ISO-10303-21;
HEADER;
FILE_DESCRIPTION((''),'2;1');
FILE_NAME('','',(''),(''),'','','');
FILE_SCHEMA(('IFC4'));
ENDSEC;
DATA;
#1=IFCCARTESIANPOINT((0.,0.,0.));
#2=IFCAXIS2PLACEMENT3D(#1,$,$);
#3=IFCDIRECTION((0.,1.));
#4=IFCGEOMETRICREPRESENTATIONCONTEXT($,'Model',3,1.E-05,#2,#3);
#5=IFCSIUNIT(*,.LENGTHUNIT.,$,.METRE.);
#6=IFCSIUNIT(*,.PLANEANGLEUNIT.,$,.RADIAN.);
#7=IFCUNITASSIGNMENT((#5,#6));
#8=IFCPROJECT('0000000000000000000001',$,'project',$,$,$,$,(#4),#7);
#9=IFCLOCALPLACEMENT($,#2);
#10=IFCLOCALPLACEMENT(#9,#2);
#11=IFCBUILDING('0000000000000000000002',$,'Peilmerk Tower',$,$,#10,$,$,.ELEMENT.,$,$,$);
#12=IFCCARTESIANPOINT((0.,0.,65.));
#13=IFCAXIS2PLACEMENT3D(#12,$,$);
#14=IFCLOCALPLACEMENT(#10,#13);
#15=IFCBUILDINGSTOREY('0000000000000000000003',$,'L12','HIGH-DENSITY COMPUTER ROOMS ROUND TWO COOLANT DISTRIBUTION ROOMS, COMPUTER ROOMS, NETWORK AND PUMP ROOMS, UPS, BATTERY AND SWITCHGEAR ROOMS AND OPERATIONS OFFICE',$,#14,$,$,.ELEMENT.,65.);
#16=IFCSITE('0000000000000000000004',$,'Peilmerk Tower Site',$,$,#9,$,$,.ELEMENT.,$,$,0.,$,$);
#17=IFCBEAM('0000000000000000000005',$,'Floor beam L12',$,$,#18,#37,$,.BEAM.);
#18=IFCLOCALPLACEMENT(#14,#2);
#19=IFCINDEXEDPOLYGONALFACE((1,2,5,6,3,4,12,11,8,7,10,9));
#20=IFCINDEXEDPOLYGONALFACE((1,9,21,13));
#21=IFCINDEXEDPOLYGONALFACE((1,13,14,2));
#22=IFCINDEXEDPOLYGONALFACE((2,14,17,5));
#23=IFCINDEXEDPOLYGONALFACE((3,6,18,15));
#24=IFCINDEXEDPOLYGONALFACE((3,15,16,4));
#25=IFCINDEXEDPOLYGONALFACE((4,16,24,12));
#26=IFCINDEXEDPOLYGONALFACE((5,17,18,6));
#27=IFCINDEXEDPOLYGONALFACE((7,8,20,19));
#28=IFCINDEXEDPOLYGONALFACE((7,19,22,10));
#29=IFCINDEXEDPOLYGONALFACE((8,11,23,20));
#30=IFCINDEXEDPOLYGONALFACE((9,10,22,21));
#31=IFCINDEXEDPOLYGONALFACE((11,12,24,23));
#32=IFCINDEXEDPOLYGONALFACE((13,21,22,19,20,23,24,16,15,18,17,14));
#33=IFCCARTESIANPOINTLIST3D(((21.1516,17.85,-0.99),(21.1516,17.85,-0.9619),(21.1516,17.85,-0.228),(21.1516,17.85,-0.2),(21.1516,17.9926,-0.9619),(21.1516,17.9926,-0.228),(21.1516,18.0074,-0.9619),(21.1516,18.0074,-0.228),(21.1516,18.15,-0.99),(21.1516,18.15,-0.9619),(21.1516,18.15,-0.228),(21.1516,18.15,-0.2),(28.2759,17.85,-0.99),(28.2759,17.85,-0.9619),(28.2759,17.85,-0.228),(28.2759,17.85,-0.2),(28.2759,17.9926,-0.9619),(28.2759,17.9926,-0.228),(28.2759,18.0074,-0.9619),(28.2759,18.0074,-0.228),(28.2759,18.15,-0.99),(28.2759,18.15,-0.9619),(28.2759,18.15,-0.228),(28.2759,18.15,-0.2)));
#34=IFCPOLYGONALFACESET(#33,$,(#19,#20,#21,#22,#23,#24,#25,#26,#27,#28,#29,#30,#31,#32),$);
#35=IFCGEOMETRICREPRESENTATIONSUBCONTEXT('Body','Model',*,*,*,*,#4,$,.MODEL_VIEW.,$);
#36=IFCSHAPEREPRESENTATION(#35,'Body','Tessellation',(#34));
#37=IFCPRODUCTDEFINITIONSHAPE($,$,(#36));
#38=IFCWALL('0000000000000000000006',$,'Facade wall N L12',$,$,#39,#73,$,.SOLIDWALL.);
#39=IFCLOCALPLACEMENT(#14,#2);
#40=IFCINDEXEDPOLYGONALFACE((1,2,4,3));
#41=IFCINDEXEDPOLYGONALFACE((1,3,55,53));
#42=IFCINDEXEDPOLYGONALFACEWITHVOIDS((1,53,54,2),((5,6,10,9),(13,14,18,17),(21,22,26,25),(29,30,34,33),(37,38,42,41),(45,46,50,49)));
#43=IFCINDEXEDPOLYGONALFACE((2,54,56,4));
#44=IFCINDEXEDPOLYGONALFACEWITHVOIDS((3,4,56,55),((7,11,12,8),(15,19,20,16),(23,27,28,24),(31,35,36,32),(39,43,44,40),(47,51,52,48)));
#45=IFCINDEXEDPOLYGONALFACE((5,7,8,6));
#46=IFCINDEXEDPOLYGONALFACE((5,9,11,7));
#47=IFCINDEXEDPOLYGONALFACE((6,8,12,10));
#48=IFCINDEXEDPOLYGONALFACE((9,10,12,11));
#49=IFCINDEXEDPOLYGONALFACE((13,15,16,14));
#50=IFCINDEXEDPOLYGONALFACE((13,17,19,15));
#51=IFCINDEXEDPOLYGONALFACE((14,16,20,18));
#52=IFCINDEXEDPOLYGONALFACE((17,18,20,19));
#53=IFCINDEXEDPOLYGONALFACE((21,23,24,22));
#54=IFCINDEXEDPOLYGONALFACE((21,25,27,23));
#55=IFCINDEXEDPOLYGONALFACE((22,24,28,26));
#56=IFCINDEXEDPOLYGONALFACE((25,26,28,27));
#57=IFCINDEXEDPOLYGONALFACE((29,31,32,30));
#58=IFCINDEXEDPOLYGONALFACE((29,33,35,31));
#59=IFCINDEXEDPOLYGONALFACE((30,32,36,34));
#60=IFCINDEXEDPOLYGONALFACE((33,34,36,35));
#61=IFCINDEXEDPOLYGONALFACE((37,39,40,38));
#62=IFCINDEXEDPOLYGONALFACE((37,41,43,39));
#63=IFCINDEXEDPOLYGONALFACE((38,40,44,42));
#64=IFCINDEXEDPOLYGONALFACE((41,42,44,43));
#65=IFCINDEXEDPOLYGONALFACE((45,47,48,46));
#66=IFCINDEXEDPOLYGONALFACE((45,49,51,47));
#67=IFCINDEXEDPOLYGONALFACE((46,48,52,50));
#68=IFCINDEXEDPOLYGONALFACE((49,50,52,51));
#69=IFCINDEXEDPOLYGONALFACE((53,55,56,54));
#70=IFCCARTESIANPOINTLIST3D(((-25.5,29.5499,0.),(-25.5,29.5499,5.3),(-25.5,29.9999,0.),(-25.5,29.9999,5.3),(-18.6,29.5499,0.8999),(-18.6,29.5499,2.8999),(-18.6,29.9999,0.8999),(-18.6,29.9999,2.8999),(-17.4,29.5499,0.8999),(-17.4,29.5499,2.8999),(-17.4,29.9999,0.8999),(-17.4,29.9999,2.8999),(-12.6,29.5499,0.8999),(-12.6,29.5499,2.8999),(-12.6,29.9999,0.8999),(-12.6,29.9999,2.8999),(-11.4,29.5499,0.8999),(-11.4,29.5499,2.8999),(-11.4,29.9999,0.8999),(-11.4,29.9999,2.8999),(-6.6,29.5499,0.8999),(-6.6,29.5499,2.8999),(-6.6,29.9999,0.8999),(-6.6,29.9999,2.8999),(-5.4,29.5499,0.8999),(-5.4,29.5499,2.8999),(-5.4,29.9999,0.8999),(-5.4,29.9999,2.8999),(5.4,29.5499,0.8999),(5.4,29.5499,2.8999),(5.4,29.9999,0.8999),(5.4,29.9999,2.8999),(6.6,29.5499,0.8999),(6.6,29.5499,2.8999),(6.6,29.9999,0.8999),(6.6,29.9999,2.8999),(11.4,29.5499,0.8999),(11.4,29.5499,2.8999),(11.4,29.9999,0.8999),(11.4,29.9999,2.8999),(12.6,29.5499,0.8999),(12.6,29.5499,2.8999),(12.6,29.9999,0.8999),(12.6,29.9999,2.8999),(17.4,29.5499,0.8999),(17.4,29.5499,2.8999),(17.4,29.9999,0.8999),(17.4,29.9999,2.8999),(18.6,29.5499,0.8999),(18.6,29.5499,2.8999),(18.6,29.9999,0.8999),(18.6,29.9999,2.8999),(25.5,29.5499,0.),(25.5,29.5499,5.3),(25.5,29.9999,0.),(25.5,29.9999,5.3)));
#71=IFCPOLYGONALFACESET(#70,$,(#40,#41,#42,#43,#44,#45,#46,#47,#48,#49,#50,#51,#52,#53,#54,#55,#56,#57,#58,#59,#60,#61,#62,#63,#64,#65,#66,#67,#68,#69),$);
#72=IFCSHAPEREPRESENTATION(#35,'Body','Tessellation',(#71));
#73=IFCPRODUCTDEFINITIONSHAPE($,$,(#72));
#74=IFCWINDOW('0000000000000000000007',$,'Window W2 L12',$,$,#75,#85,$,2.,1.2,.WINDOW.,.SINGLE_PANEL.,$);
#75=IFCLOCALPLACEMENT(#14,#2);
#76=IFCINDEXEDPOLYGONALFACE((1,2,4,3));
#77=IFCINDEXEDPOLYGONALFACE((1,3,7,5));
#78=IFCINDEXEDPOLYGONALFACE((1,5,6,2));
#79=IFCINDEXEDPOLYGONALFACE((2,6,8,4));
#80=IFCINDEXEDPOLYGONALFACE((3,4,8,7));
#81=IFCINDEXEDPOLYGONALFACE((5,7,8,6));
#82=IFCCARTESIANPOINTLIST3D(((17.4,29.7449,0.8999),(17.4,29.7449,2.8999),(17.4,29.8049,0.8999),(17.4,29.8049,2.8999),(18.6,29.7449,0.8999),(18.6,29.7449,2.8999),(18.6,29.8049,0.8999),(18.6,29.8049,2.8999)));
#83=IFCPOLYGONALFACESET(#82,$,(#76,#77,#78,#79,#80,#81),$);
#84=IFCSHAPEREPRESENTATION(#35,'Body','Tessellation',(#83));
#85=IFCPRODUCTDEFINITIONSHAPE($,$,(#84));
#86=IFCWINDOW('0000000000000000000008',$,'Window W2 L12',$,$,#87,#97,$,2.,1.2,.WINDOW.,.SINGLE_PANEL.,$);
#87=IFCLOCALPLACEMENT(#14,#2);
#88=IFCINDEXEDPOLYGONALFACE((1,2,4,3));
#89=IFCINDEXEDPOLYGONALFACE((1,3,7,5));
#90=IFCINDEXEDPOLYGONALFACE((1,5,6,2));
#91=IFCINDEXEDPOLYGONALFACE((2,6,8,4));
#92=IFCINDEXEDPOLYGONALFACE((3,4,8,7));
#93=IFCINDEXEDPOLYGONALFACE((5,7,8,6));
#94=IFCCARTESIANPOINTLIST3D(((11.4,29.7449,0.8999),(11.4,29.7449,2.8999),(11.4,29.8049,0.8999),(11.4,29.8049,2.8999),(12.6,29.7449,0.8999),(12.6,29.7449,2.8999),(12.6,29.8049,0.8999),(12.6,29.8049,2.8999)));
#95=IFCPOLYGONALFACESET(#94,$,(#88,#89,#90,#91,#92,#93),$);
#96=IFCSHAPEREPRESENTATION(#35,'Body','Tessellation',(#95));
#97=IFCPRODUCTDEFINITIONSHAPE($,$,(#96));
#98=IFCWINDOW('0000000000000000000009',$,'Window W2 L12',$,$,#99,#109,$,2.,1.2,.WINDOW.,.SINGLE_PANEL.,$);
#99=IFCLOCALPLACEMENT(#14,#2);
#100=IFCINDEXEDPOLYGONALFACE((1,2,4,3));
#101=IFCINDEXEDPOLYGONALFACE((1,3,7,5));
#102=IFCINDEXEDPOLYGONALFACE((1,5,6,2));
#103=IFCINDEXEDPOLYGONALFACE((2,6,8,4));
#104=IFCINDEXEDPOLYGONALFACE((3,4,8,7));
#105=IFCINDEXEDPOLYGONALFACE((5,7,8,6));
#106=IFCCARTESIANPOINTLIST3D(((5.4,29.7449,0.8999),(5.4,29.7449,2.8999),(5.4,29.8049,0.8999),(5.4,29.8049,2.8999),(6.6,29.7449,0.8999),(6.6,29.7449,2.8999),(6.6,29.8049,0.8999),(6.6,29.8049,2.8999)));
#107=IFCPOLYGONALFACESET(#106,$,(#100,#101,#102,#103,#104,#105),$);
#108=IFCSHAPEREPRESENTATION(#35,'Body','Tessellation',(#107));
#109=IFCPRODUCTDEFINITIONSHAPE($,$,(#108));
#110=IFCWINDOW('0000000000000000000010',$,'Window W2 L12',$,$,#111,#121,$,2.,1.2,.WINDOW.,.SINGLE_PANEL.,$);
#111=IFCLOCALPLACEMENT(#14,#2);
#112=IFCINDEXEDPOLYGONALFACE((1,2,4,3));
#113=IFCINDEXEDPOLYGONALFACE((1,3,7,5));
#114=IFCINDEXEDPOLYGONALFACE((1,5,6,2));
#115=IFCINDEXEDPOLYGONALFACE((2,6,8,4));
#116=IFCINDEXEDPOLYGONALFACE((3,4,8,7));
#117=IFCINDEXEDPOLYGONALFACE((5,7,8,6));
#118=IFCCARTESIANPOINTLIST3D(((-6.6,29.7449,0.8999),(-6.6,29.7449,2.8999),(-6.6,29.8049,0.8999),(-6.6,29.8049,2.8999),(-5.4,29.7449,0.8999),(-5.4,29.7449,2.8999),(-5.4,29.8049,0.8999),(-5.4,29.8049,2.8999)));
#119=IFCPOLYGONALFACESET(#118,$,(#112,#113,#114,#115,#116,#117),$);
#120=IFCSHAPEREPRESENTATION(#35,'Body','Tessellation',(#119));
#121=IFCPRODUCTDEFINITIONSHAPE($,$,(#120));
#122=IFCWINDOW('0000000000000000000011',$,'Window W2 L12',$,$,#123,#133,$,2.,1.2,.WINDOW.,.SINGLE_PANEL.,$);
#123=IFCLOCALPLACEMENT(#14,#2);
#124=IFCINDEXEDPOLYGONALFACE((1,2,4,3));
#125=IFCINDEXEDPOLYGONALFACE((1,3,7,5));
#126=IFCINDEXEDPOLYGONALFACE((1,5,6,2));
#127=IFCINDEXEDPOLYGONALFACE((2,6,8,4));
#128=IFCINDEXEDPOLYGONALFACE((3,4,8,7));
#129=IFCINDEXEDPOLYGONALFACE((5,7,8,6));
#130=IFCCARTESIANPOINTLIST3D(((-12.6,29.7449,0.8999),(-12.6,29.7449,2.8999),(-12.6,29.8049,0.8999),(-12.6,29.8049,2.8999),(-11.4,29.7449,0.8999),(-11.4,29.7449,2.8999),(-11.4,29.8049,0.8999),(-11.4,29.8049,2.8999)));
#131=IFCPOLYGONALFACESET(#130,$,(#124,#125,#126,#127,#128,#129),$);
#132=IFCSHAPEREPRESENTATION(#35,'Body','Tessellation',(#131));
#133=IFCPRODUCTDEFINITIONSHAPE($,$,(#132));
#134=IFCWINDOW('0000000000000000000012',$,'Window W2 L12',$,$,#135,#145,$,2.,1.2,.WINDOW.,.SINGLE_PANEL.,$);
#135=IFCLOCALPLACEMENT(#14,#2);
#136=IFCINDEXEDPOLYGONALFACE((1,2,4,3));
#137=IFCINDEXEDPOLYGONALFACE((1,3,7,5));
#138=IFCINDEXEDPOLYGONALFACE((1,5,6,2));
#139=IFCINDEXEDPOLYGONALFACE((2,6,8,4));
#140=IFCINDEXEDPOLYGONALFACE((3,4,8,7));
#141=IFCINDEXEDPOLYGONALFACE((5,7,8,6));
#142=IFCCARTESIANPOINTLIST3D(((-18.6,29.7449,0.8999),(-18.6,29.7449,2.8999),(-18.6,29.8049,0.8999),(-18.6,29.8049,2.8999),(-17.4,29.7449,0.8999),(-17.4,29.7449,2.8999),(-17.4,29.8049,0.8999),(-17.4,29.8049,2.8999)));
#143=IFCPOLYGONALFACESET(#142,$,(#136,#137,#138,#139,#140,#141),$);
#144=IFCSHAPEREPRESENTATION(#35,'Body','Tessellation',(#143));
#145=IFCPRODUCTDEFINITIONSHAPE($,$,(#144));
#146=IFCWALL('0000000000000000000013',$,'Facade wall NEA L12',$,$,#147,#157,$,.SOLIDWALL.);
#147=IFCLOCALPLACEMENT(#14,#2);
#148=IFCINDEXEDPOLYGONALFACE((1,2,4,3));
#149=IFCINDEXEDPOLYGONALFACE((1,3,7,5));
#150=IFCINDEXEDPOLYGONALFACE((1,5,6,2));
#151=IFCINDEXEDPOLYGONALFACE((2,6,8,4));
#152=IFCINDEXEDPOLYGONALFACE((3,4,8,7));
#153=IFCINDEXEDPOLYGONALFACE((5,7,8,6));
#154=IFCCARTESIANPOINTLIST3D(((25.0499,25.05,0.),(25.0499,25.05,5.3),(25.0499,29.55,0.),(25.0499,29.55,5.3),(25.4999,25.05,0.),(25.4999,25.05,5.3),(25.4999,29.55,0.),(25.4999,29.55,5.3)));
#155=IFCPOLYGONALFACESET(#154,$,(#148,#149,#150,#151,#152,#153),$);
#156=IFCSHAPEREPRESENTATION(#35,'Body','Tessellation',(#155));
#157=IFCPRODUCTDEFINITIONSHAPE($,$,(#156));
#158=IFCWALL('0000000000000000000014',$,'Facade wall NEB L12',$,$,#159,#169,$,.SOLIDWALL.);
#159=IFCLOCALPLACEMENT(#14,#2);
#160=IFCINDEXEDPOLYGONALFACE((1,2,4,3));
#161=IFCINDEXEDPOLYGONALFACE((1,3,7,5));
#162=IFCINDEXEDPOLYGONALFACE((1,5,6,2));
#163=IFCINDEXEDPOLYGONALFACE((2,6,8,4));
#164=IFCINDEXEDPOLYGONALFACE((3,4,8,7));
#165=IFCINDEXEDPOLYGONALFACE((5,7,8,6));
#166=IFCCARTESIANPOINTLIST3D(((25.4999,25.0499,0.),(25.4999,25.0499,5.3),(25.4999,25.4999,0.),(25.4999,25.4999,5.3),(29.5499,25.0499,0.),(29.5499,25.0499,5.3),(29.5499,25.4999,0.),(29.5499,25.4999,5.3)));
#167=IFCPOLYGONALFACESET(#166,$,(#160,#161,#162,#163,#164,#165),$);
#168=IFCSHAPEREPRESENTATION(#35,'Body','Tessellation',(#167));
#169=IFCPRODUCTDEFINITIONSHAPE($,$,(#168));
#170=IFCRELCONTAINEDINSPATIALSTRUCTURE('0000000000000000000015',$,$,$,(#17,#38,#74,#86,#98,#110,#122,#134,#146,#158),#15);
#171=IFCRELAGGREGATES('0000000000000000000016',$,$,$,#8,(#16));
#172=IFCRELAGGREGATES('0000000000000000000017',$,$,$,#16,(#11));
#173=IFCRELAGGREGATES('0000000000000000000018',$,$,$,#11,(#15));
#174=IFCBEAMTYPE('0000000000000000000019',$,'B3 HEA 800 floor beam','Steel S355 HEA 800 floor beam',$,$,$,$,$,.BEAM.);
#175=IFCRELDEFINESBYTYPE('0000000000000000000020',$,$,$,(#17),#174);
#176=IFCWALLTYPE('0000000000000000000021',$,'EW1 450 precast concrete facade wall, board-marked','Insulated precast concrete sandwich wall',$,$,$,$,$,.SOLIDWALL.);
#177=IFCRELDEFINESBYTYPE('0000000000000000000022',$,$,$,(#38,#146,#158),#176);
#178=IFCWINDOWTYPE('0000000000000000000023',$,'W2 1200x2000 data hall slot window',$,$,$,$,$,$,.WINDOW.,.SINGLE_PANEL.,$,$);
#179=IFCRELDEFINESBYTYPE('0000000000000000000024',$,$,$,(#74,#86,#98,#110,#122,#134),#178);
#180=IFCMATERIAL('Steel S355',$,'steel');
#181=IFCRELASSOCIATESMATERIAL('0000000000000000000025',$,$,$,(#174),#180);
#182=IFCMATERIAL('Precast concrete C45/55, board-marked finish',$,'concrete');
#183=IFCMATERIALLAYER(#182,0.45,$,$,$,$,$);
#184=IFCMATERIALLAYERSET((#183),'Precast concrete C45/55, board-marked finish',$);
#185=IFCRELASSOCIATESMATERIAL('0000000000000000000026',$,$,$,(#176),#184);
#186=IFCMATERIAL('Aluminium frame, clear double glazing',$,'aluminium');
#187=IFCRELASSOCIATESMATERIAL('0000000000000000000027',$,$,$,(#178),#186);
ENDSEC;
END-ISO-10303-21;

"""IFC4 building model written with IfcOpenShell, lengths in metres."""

from ifc_helpers import new_model, si_unit, direction, frame, frame_2d, origin, origin_2d, place, context, subcontext, project, spatial, rectangle, i_section, extrude, material, layer, layer_set, material_profile, profile_set, type_object, element, fill, save


model = new_model("IFC4")

# Units and contexts
model_context = context("Model", 3, precision=1e-05, world=origin(), true_north=direction((0.0, 1.0)))
body_context = subcontext(model_context, "Body", "Model", "MODEL_VIEW")
ifc_project = project(units=[si_unit("LENGTHUNIT", "METRE"), si_unit("PLANEANGLEUNIT", "RADIAN")], contexts=[model_context])

# Site, building, storey
site_placement = place(None, origin())
site = spatial("IfcSite", under=ifc_project, at=site_placement, Name="Peilmerk Tower Site", CompositionType="ELEMENT", RefElevation=0.0)
building_placement = place(site_placement, origin())
building = spatial("IfcBuilding", under=site, at=building_placement, Name="Peilmerk Tower", CompositionType="ELEMENT")
storey_placement = place(building_placement, frame((0.0, 0.0, 65.0)))
storey = spatial("IfcBuildingStorey", under=building, at=storey_placement, Name="L12", Description="HIGH-DENSITY COMPUTER ROOMS ROUND TWO COOLANT DISTRIBUTION ROOMS, COMPUTER ROOMS, NETWORK AND PUMP ROOMS, UPS, BATTERY AND SWITCHGEAR ROOMS AND OPERATIONS OFFICE", CompositionType="ELEMENT", Elevation=65.0)

# Beam
ifc_material_1 = material(Name="Steel S355", Category="steel")
ifc_material_profile_1 = material_profile(ifc_material_1, i_section(OverallWidth=0.3, OverallDepth=0.79, WebThickness=0.0149, FlangeThickness=0.0281, at=origin_2d()), Name="HEA 800")
ifc_profile_set_1 = profile_set([ifc_material_profile_1], Name="Steel S355")
beam_type_1 = type_object("IfcBeamType", Name="B3 HEA 800 floor beam", Description="Steel S355 HEA 800 floor beam", PredefinedType="BEAM", material=ifc_profile_set_1)
for number, where, z_axis, x_axis, name in (
    (1, (21.1516, 18.0, -0.595), (1.0, 0.0, 0.0), (0.0, 1.0, 0.0), "Floor beam L12"),
):
    element("IfcBeam", number, at=place(storey_placement, frame(where, z_axis=z_axis, x_axis=x_axis)), inside=storey, type_object=beam_type_1, Name=name, PredefinedType="BEAM", context=body_context, shape_type="SweptSolid", body=[
        extrude(i_section(OverallWidth=0.3, OverallDepth=0.79, WebThickness=0.0149, FlangeThickness=0.0281, at=origin_2d()), origin(), (0.0, 0.0, 1.0), 7.1243),
    ])

# Wall, openings, windows
ifc_material_2 = material(Name="Precast concrete C45/55, board-marked finish", Category="concrete")
ifc_layer = layer(ifc_material_2, 0.45)
ifc_layer_set = layer_set([ifc_layer], Name="Precast concrete C45/55, board-marked finish")
wall_type = type_object("IfcWallType", Name="EW1 450 precast concrete facade wall, board-marked", Description="Insulated precast concrete sandwich wall", PredefinedType="SOLIDWALL", material=ifc_layer_set)
wall_1_placement = place(storey_placement, frame((25.5, 29.7749, 0.0), z_axis=(0.0, 0.0, 1.0), x_axis=(-1.0, 0.0, 0.0)))
wall_1 = element("IfcWall", 2, at=wall_1_placement, inside=storey, type_object=wall_type, Name="Facade wall N L12", PredefinedType="SOLIDWALL", context=body_context, shape_type="SweptSolid", body=[
    extrude(rectangle(XDim=51.0, YDim=0.45, at=frame_2d((25.5, 0.0))), origin(), (0.0, 0.0, 1.0), 5.3),
])
opening_1_placement = place(wall_1_placement, frame((6.8999, 0.0, 0.8999)))
opening_1 = element("IfcOpeningElement", 3, at=opening_1_placement, cuts=wall_1, PredefinedType="OPENING", context=body_context, shape_type="SweptSolid", body=[
    extrude(rectangle(XDim=1.2, YDim=2.0, at=frame_2d((0.6001, 1.0))), frame((0.0, 0.2349, 0.0), z_axis=(0.0, -1.0, 0.0), x_axis=(1.0, 0.0, 0.0)), (0.0, 0.0, 1.0), 0.47),
])
opening_2_placement = place(wall_1_placement, frame((12.8999, 0.0, 0.8999)))
opening_2 = element("IfcOpeningElement", 4, at=opening_2_placement, cuts=wall_1, PredefinedType="OPENING", context=body_context, shape_type="SweptSolid", body=[
    extrude(rectangle(XDim=1.2, YDim=2.0, at=frame_2d((0.6001, 1.0))), frame((0.0, 0.2349, 0.0), z_axis=(0.0, -1.0, 0.0), x_axis=(1.0, 0.0, 0.0)), (0.0, 0.0, 1.0), 0.47),
])
opening_3_placement = place(wall_1_placement, frame((18.8999, 0.0, 0.8999)))
opening_3 = element("IfcOpeningElement", 5, at=opening_3_placement, cuts=wall_1, PredefinedType="OPENING", context=body_context, shape_type="SweptSolid", body=[
    extrude(rectangle(XDim=1.2, YDim=2.0, at=frame_2d((0.6001, 1.0))), frame((0.0, 0.2349, 0.0), z_axis=(0.0, -1.0, 0.0), x_axis=(1.0, 0.0, 0.0)), (0.0, 0.0, 1.0), 0.47),
])
opening_4_placement = place(wall_1_placement, frame((30.8999, 0.0, 0.8999)))
opening_4 = element("IfcOpeningElement", 6, at=opening_4_placement, cuts=wall_1, PredefinedType="OPENING", context=body_context, shape_type="SweptSolid", body=[
    extrude(rectangle(XDim=1.2, YDim=2.0, at=frame_2d((0.6001, 1.0))), frame((0.0, 0.2349, 0.0), z_axis=(0.0, -1.0, 0.0), x_axis=(1.0, 0.0, 0.0)), (0.0, 0.0, 1.0), 0.47),
])
opening_5_placement = place(wall_1_placement, frame((36.8999, 0.0, 0.8999)))
opening_5 = element("IfcOpeningElement", 7, at=opening_5_placement, cuts=wall_1, PredefinedType="OPENING", context=body_context, shape_type="SweptSolid", body=[
    extrude(rectangle(XDim=1.2, YDim=2.0, at=frame_2d((0.6001, 1.0))), frame((0.0, 0.2349, 0.0), z_axis=(0.0, -1.0, 0.0), x_axis=(1.0, 0.0, 0.0)), (0.0, 0.0, 1.0), 0.47),
])
opening_6_placement = place(wall_1_placement, frame((42.8999, 0.0, 0.8999)))
opening_6 = element("IfcOpeningElement", 8, at=opening_6_placement, cuts=wall_1, PredefinedType="OPENING", context=body_context, shape_type="SweptSolid", body=[
    extrude(rectangle(XDim=1.2, YDim=2.0, at=frame_2d((0.6001, 1.0))), frame((0.0, 0.2349, 0.0), z_axis=(0.0, -1.0, 0.0), x_axis=(1.0, 0.0, 0.0)), (0.0, 0.0, 1.0), 0.47),
])
ifc_material_3 = material(Name="Aluminium frame, clear double glazing", Category="aluminium")
window_type = type_object("IfcWindowType", Name="W2 1200x2000 data hall slot window", PartitioningType="SINGLE_PANEL", PredefinedType="WINDOW", material=ifc_material_3)
window_1_placement = place(opening_1_placement, origin())
window_1 = element("IfcWindow", 9, at=window_1_placement, inside=storey, type_object=window_type, Name="Window W2 L12", OverallHeight=2.0, OverallWidth=1.2, PartitioningType="SINGLE_PANEL", PredefinedType="WINDOW", context=body_context, shape_type="SweptSolid", body=[
    extrude(rectangle(XDim=1.2, YDim=2.0, at=frame_2d((0.6001, 1.0))), frame((0.0, 0.03, 0.0), z_axis=(0.0, -1.0, 0.0), x_axis=(1.0, 0.0, 0.0)), (0.0, 0.0, 1.0), 0.0601),
])
fill(opening_1, window_1)
window_2_placement = place(opening_2_placement, origin())
window_2 = element("IfcWindow", 10, at=window_2_placement, inside=storey, type_object=window_type, Name="Window W2 L12", OverallHeight=2.0, OverallWidth=1.2, PartitioningType="SINGLE_PANEL", PredefinedType="WINDOW", context=body_context, shape_type="SweptSolid", body=[
    extrude(rectangle(XDim=1.2, YDim=2.0, at=frame_2d((0.6001, 1.0))), frame((0.0, 0.03, 0.0), z_axis=(0.0, -1.0, 0.0), x_axis=(1.0, 0.0, 0.0)), (0.0, 0.0, 1.0), 0.0601),
])
fill(opening_2, window_2)
window_3_placement = place(opening_3_placement, origin())
window_3 = element("IfcWindow", 11, at=window_3_placement, inside=storey, type_object=window_type, Name="Window W2 L12", OverallHeight=2.0, OverallWidth=1.2, PartitioningType="SINGLE_PANEL", PredefinedType="WINDOW", context=body_context, shape_type="SweptSolid", body=[
    extrude(rectangle(XDim=1.2, YDim=2.0, at=frame_2d((0.6001, 1.0))), frame((0.0, 0.03, 0.0), z_axis=(0.0, -1.0, 0.0), x_axis=(1.0, 0.0, 0.0)), (0.0, 0.0, 1.0), 0.0601),
])
fill(opening_3, window_3)
window_4_placement = place(opening_4_placement, origin())
window_4 = element("IfcWindow", 12, at=window_4_placement, inside=storey, type_object=window_type, Name="Window W2 L12", OverallHeight=2.0, OverallWidth=1.2, PartitioningType="SINGLE_PANEL", PredefinedType="WINDOW", context=body_context, shape_type="SweptSolid", body=[
    extrude(rectangle(XDim=1.2, YDim=2.0, at=frame_2d((0.6001, 1.0))), frame((0.0, 0.03, 0.0), z_axis=(0.0, -1.0, 0.0), x_axis=(1.0, 0.0, 0.0)), (0.0, 0.0, 1.0), 0.0601),
])
fill(opening_4, window_4)
window_5_placement = place(opening_5_placement, origin())
window_5 = element("IfcWindow", 13, at=window_5_placement, inside=storey, type_object=window_type, Name="Window W2 L12", OverallHeight=2.0, OverallWidth=1.2, PartitioningType="SINGLE_PANEL", PredefinedType="WINDOW", context=body_context, shape_type="SweptSolid", body=[
    extrude(rectangle(XDim=1.2, YDim=2.0, at=frame_2d((0.6001, 1.0))), frame((0.0, 0.03, 0.0), z_axis=(0.0, -1.0, 0.0), x_axis=(1.0, 0.0, 0.0)), (0.0, 0.0, 1.0), 0.0601),
])
fill(opening_5, window_5)
window_6_placement = place(opening_6_placement, origin())
window_6 = element("IfcWindow", 14, at=window_6_placement, inside=storey, type_object=window_type, Name="Window W2 L12", OverallHeight=2.0, OverallWidth=1.2, PartitioningType="SINGLE_PANEL", PredefinedType="WINDOW", context=body_context, shape_type="SweptSolid", body=[
    extrude(rectangle(XDim=1.2, YDim=2.0, at=frame_2d((0.6001, 1.0))), frame((0.0, 0.03, 0.0), z_axis=(0.0, -1.0, 0.0), x_axis=(1.0, 0.0, 0.0)), (0.0, 0.0, 1.0), 0.0601),
])
fill(opening_6, window_6)

# Walls
wall_2_placement = place(storey_placement, frame((25.2749, 25.05, 0.0), z_axis=(0.0, 0.0, 1.0), x_axis=(0.0, 1.0, 0.0)))
element("IfcWall", 15, at=wall_2_placement, inside=storey, type_object=wall_type, Name="Facade wall NEA L12", PredefinedType="SOLIDWALL", context=body_context, shape_type="SweptSolid", body=[
    extrude(rectangle(XDim=4.5, YDim=0.45, at=frame_2d((2.25, 0.0))), origin(), (0.0, 0.0, 1.0), 5.3),
])
wall_3_placement = place(storey_placement, frame((25.5, 25.2749, 0.0), z_axis=(0.0, 0.0, 1.0), x_axis=(1.0, 0.0, 0.0)))
element("IfcWall", 16, at=wall_3_placement, inside=storey, type_object=wall_type, Name="Facade wall NEB L12", PredefinedType="SOLIDWALL", context=body_context, shape_type="SweptSolid", body=[
    extrude(rectangle(XDim=4.05, YDim=0.45, at=frame_2d((2.0249, 0.0))), origin(), (0.0, 0.0, 1.0), 5.3),
])

save(model, "model.ifc")
